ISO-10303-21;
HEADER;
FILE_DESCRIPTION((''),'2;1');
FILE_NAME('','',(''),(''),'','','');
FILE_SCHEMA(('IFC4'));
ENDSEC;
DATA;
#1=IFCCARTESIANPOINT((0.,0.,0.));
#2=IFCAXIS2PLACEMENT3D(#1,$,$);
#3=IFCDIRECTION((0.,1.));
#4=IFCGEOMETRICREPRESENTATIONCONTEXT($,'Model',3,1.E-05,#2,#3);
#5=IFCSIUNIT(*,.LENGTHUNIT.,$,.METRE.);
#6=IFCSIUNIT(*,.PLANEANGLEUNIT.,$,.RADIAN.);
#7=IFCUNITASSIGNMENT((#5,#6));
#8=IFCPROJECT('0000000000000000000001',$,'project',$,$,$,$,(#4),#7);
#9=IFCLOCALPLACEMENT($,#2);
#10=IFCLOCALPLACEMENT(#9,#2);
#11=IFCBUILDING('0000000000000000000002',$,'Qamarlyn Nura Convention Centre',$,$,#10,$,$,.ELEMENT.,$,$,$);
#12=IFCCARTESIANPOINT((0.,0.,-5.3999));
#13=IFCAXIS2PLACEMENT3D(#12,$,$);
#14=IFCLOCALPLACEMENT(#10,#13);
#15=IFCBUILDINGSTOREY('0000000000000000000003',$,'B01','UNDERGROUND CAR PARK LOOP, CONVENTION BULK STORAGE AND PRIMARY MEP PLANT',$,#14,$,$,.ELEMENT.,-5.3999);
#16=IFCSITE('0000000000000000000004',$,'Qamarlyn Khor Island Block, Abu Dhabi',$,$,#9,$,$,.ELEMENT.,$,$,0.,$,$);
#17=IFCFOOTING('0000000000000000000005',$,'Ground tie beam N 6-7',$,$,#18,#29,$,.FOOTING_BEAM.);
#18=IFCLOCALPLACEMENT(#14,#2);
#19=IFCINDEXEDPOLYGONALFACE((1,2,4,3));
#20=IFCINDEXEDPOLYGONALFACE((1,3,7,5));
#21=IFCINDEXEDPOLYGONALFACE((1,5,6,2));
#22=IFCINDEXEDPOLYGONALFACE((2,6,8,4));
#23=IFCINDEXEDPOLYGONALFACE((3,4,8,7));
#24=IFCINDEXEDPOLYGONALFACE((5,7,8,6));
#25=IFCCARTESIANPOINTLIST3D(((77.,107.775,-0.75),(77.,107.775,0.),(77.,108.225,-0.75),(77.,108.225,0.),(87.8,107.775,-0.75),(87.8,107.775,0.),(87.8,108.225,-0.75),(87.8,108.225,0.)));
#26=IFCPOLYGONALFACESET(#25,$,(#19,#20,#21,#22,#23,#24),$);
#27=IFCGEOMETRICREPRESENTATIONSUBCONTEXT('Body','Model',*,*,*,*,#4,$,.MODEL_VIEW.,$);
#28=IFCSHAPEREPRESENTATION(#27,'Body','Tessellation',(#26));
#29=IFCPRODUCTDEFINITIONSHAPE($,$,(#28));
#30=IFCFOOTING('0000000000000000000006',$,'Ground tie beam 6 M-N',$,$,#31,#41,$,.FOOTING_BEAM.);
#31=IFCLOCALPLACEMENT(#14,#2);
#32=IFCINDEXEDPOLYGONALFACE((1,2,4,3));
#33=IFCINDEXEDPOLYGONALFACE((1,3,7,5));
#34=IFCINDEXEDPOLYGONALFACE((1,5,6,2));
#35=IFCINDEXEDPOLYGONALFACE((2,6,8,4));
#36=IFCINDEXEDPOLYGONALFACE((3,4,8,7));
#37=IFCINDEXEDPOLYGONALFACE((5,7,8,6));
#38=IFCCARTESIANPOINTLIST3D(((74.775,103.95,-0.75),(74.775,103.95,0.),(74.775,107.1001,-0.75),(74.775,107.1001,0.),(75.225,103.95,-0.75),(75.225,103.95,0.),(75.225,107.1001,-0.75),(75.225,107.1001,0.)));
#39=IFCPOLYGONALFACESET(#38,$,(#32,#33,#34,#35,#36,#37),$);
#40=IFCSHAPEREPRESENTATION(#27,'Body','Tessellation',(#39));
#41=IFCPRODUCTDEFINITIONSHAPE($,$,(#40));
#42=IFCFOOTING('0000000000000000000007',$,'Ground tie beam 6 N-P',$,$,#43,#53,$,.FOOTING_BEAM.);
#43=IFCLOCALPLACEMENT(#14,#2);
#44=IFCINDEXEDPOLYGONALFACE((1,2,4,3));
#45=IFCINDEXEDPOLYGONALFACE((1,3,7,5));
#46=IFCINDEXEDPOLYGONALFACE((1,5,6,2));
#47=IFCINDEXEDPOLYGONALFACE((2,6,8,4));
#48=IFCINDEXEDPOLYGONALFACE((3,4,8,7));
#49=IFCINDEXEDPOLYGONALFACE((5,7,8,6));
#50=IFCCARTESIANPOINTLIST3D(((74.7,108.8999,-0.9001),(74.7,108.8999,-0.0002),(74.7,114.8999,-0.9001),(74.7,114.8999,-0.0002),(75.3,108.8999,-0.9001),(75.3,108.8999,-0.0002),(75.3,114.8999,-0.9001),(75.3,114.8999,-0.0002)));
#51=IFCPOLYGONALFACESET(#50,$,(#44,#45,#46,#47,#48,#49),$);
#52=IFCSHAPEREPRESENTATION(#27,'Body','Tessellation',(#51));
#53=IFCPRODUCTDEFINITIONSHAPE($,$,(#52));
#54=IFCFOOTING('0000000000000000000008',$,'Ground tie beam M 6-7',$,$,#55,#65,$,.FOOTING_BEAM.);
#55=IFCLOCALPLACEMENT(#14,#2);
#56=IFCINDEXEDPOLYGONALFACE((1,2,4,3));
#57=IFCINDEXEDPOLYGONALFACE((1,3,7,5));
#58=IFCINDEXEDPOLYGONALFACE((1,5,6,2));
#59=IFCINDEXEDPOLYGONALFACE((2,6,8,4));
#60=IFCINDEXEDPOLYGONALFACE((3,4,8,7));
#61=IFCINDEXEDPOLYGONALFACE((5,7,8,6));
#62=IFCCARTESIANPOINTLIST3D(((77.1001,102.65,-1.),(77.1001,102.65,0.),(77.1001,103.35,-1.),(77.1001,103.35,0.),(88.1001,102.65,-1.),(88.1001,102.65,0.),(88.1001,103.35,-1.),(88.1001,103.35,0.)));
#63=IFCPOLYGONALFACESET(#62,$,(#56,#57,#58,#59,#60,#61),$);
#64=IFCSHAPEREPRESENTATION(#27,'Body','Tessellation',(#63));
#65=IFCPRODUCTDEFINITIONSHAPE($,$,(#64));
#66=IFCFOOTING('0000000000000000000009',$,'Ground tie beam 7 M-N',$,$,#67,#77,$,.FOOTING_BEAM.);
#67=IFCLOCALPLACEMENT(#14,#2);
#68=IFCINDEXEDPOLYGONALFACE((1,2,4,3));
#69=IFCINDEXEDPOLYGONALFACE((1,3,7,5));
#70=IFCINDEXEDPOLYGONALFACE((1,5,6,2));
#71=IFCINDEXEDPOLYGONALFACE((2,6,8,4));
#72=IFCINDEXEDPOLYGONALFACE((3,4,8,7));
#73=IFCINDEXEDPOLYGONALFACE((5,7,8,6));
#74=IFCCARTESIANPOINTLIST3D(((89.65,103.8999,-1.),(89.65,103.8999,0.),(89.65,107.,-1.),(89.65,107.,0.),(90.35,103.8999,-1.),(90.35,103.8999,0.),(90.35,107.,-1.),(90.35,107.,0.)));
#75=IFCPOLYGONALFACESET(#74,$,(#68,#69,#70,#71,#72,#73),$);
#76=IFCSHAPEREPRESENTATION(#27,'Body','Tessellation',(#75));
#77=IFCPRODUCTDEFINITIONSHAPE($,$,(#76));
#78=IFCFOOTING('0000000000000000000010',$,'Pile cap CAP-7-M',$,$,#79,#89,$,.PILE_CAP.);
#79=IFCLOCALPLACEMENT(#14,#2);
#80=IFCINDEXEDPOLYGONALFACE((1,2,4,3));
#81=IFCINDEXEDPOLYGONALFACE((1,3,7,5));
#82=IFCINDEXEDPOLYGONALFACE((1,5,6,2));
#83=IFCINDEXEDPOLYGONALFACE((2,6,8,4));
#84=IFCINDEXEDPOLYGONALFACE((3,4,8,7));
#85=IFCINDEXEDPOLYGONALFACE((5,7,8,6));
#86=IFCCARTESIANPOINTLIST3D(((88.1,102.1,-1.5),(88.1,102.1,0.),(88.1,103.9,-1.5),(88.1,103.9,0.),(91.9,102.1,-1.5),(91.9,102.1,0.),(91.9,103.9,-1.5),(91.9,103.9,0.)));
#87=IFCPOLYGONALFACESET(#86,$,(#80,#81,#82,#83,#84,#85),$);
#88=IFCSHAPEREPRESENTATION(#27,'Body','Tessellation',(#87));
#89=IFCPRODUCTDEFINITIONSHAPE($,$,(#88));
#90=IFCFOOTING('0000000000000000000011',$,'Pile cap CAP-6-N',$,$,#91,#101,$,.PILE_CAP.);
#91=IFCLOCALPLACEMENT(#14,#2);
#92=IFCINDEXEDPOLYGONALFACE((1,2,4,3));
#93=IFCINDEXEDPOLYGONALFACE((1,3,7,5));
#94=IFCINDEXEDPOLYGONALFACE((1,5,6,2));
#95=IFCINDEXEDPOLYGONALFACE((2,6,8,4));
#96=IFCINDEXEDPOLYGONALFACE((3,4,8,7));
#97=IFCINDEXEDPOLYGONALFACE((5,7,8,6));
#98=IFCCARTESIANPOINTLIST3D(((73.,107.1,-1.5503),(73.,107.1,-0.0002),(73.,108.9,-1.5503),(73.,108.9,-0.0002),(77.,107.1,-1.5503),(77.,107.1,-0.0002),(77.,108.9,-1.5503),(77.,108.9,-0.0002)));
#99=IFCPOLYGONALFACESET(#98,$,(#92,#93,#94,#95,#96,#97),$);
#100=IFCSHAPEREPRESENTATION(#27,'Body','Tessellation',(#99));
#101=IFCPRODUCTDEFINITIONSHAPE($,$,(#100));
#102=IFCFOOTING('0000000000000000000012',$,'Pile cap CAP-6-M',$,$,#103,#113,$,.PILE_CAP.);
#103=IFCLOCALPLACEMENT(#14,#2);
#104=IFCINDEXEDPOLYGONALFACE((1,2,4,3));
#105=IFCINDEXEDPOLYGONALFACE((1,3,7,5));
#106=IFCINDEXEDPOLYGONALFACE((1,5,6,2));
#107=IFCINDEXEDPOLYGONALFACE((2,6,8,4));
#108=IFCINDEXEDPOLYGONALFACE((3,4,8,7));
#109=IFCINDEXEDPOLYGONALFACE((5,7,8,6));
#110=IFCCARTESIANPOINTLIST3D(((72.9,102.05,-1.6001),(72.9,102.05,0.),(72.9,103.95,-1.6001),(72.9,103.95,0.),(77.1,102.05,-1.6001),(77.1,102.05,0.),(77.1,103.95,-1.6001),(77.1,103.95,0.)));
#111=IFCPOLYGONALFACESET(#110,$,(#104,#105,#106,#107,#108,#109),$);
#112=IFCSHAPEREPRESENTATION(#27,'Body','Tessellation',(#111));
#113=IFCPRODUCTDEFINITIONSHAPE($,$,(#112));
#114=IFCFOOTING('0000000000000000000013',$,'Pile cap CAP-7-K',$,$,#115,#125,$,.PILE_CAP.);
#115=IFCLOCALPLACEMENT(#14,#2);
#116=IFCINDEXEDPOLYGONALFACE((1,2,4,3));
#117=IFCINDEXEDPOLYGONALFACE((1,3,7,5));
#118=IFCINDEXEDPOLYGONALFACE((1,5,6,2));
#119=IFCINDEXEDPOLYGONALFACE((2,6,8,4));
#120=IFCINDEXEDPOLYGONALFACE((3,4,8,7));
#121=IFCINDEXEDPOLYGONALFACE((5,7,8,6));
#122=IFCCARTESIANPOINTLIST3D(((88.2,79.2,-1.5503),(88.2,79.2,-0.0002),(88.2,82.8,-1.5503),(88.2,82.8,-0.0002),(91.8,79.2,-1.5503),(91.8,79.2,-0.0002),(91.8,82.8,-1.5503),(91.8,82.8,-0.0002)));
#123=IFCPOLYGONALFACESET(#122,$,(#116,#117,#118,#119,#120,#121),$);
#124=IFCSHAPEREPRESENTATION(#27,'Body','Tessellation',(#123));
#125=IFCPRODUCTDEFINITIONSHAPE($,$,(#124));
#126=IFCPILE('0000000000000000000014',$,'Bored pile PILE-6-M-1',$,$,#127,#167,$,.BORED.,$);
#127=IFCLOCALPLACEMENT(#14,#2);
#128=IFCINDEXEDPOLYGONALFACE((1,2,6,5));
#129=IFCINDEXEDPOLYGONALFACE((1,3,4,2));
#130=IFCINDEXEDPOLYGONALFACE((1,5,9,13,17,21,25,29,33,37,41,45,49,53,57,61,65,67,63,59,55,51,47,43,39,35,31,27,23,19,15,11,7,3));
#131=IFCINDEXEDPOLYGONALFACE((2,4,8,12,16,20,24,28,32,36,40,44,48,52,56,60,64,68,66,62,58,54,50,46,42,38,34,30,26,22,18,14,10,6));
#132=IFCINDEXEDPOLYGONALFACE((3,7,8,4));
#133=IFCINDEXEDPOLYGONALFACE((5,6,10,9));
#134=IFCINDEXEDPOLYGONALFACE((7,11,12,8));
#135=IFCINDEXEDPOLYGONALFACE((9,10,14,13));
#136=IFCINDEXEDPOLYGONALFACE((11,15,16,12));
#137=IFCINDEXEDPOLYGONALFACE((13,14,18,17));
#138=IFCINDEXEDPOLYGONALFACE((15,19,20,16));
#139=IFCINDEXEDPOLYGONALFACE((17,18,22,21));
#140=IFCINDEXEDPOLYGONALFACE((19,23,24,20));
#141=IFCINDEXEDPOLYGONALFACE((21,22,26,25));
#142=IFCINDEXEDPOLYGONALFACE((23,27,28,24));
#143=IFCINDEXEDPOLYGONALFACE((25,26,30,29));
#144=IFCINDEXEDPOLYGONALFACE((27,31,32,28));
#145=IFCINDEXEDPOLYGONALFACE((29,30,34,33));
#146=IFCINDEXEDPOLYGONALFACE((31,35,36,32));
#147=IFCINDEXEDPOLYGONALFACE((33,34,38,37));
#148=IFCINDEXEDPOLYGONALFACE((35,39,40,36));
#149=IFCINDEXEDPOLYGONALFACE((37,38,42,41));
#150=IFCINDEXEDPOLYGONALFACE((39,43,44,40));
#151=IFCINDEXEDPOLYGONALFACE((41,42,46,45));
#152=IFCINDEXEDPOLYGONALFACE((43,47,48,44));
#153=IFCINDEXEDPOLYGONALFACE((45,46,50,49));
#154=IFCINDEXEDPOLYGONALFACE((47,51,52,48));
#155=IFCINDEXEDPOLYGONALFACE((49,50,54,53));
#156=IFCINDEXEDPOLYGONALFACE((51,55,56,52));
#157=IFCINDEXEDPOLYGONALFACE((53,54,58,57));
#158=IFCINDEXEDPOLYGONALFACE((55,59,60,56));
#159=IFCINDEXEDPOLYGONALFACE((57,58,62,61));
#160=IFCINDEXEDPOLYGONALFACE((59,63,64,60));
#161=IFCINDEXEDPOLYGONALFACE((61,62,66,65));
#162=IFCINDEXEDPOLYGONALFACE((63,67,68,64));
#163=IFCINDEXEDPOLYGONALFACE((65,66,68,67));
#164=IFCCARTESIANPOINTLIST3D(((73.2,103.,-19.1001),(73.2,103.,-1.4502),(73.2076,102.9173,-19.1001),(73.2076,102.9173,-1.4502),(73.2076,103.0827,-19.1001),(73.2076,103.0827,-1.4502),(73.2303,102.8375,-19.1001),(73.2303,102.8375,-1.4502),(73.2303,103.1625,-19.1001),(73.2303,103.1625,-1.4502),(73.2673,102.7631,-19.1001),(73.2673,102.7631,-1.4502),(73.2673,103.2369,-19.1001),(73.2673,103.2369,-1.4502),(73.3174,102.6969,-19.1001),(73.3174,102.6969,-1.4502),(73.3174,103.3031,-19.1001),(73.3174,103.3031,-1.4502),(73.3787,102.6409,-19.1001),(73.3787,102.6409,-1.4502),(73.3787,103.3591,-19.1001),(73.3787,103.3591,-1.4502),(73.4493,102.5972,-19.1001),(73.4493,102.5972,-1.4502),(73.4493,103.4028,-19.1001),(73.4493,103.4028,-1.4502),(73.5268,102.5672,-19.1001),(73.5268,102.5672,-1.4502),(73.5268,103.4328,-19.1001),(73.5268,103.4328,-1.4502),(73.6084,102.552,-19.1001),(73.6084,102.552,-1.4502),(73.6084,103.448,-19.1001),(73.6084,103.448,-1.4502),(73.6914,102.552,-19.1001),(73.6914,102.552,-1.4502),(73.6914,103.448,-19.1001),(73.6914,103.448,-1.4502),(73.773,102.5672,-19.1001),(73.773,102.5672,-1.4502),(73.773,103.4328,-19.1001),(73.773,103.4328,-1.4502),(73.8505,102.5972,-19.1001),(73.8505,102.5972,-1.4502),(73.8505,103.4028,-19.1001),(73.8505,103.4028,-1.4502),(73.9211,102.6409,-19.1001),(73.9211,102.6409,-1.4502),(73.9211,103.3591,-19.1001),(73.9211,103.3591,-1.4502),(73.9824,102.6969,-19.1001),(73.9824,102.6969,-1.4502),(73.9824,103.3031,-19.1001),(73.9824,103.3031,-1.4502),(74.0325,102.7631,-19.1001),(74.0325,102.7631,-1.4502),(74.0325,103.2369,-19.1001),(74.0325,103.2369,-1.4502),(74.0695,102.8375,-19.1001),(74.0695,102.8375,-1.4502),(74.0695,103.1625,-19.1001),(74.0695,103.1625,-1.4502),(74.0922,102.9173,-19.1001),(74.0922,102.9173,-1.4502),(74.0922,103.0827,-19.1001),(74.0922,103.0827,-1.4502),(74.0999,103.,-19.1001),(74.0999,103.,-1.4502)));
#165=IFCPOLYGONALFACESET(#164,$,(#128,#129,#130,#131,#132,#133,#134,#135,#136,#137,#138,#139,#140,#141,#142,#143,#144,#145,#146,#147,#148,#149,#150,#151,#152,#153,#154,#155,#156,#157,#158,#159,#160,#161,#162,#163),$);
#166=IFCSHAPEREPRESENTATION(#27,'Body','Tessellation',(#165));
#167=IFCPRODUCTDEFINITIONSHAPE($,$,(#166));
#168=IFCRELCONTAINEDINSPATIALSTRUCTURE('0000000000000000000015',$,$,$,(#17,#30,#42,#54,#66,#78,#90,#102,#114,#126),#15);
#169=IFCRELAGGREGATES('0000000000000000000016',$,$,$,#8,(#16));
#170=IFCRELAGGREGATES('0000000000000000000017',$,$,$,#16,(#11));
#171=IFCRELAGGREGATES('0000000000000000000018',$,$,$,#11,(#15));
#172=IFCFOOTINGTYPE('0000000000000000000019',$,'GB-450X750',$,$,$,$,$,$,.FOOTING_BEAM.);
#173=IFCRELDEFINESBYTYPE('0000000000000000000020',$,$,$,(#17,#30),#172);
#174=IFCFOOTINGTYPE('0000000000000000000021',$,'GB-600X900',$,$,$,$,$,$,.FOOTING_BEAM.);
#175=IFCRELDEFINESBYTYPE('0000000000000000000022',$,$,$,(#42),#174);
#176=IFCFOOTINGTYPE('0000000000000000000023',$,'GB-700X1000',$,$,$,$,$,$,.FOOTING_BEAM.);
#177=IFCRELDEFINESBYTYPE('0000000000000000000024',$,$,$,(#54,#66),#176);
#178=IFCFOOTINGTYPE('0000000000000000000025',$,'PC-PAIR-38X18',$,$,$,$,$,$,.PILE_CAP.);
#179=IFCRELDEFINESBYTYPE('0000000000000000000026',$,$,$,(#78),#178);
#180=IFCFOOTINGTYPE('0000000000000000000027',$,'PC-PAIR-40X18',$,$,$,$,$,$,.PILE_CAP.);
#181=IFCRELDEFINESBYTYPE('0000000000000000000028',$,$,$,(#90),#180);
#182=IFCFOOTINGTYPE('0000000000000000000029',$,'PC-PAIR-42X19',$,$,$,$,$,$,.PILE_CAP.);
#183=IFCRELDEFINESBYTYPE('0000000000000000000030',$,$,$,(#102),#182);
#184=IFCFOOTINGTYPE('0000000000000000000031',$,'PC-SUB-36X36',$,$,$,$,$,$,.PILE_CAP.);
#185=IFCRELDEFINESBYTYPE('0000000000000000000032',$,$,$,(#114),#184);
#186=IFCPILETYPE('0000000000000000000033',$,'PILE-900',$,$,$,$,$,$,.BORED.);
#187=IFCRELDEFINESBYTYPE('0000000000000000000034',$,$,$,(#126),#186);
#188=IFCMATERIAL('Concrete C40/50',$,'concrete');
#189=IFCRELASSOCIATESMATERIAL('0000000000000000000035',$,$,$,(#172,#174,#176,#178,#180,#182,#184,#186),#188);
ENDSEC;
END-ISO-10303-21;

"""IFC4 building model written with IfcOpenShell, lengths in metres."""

from ifc_helpers import new_model, si_unit, direction, frame, origin, origin_2d, place, context, subcontext, project, spatial, rectangle, circle, extrude, material, material_profile, profile_set, type_object, element, save


model = new_model("IFC4")

# Units and contexts
model_context = context("Model", 3, precision=1e-05, world=origin(), true_north=direction((0.0, 1.0)))
body_context = subcontext(model_context, "Body", "Model", "MODEL_VIEW")
ifc_project = project(units=[si_unit("LENGTHUNIT", "METRE"), si_unit("PLANEANGLEUNIT", "RADIAN")], contexts=[model_context])

# Site, building, storey
site_placement = place(None, origin())
site = spatial("IfcSite", under=ifc_project, at=site_placement, Name="Qamarlyn Khor Island Block, Abu Dhabi", CompositionType="ELEMENT", RefElevation=0.0)
building_placement = place(site_placement, origin())
building = spatial("IfcBuilding", under=site, at=building_placement, Name="Qamarlyn Nura Convention Centre", CompositionType="ELEMENT")
storey_placement = place(building_placement, frame((0.0, 0.0, -5.3999)))
storey = spatial("IfcBuildingStorey", under=building, at=storey_placement, Name="B01", Description="UNDERGROUND CAR PARK LOOP, CONVENTION BULK STORAGE AND PRIMARY MEP PLANT", CompositionType="ELEMENT", Elevation=-5.3999)

# Footings
ifc_material_1 = material(Name="Concrete C40/50", Category="concrete")
ifc_material_profile_1 = material_profile(ifc_material_1, rectangle(XDim=0.45, YDim=0.75, at=origin_2d()), Name="RC GB 450x750")
ifc_profile_set_1 = profile_set([ifc_material_profile_1], Name="Concrete C40/50")
footing_type_1 = type_object("IfcFootingType", Name="GB-450X750", PredefinedType="FOOTING_BEAM", material=ifc_profile_set_1)
footing_1_placement = place(storey_placement, frame((77.0, 108.0, -0.375), z_axis=(1.0, 0.0, 0.0), x_axis=(0.0, 1.0, 0.0)))
element("IfcFooting", 1, at=footing_1_placement, inside=storey, type_object=footing_type_1, Name="Ground tie beam N 6-7", PredefinedType="FOOTING_BEAM", context=body_context, shape_type="SweptSolid", body=[
    extrude(rectangle(XDim=0.45, YDim=0.75, at=origin_2d()), origin(), (0.0, 0.0, 1.0), 10.8),
])
footing_2_placement = place(storey_placement, frame((75.0, 103.95, -0.375), z_axis=(0.0, 1.0, 0.0), x_axis=(-1.0, 0.0, 0.0)))
element("IfcFooting", 2, at=footing_2_placement, inside=storey, type_object=footing_type_1, Name="Ground tie beam 6 M-N", PredefinedType="FOOTING_BEAM", context=body_context, shape_type="SweptSolid", body=[
    extrude(rectangle(XDim=0.45, YDim=0.75, at=origin_2d()), origin(), (0.0, 0.0, 1.0), 3.1501),
])
ifc_material_profile_2 = material_profile(ifc_material_1, rectangle(XDim=0.6001, YDim=0.8999, at=origin_2d()), Name="RC GB 600x900")
ifc_profile_set_2 = profile_set([ifc_material_profile_2], Name="Concrete C40/50")
footing_type_2 = type_object("IfcFootingType", Name="GB-600X900", PredefinedType="FOOTING_BEAM", material=ifc_profile_set_2)
footing_3_placement = place(storey_placement, frame((75.0, 108.8999, -0.4502), z_axis=(0.0, 1.0, 0.0), x_axis=(-1.0, 0.0, 0.0)))
element("IfcFooting", 3, at=footing_3_placement, inside=storey, type_object=footing_type_2, Name="Ground tie beam 6 N-P", PredefinedType="FOOTING_BEAM", context=body_context, shape_type="SweptSolid", body=[
    extrude(rectangle(XDim=0.6001, YDim=0.8999, at=origin_2d()), origin(), (0.0, 0.0, 1.0), 6.0),
])
ifc_material_profile_3 = material_profile(ifc_material_1, rectangle(XDim=0.7, YDim=1.0, at=origin_2d()), Name="RC GB 700x1000")
ifc_profile_set_3 = profile_set([ifc_material_profile_3], Name="Concrete C40/50")
footing_type_3 = type_object("IfcFootingType", Name="GB-700X1000", PredefinedType="FOOTING_BEAM", material=ifc_profile_set_3)
footing_4_placement = place(storey_placement, frame((77.1001, 103.0, -0.5), z_axis=(1.0, 0.0, 0.0), x_axis=(0.0, 1.0, 0.0)))
element("IfcFooting", 4, at=footing_4_placement, inside=storey, type_object=footing_type_3, Name="Ground tie beam M 6-7", PredefinedType="FOOTING_BEAM", context=body_context, shape_type="SweptSolid", body=[
    extrude(rectangle(XDim=0.7, YDim=1.0, at=origin_2d()), origin(), (0.0, 0.0, 1.0), 11.0),
])
footing_5_placement = place(storey_placement, frame((90.0, 103.8999, -0.5), z_axis=(0.0, 1.0, 0.0), x_axis=(-1.0, 0.0, 0.0)))
element("IfcFooting", 5, at=footing_5_placement, inside=storey, type_object=footing_type_3, Name="Ground tie beam 7 M-N", PredefinedType="FOOTING_BEAM", context=body_context, shape_type="SweptSolid", body=[
    extrude(rectangle(XDim=0.7, YDim=1.0, at=origin_2d()), origin(), (0.0, 0.0, 1.0), 3.1001),
])
footing_type_4 = type_object("IfcFootingType", Name="PC-PAIR-38X18", PredefinedType="PILE_CAP", material=ifc_material_1)
footing_6_placement = place(storey_placement, frame((90.0, 103.0, -1.5), z_axis=(0.0, 0.0, 1.0), x_axis=(1.0, 0.0, 0.0)))
element("IfcFooting", 6, at=footing_6_placement, inside=storey, type_object=footing_type_4, Name="Pile cap CAP-7-M", PredefinedType="PILE_CAP", context=body_context, shape_type="SweptSolid", body=[
    extrude(rectangle(XDim=3.8, YDim=1.8, at=origin_2d()), origin(), (0.0, 0.0, 1.0), 1.5),
])
footing_type_5 = type_object("IfcFootingType", Name="PC-PAIR-40X18", PredefinedType="PILE_CAP", material=ifc_material_1)
footing_7_placement = place(storey_placement, frame((75.0, 108.0, -1.5503), z_axis=(0.0, 0.0, 1.0), x_axis=(1.0, 0.0, 0.0)))
element("IfcFooting", 7, at=footing_7_placement, inside=storey, type_object=footing_type_5, Name="Pile cap CAP-6-N", PredefinedType="PILE_CAP", context=body_context, shape_type="SweptSolid", body=[
    extrude(rectangle(XDim=4.0, YDim=1.8, at=origin_2d()), origin(), (0.0, 0.0, 1.0), 1.55),
])
footing_type_6 = type_object("IfcFootingType", Name="PC-PAIR-42X19", PredefinedType="PILE_CAP", material=ifc_material_1)
footing_8_placement = place(storey_placement, frame((75.0, 103.0, -1.6001), z_axis=(0.0, 0.0, 1.0), x_axis=(1.0, 0.0, 0.0)))
element("IfcFooting", 8, at=footing_8_placement, inside=storey, type_object=footing_type_6, Name="Pile cap CAP-6-M", PredefinedType="PILE_CAP", context=body_context, shape_type="SweptSolid", body=[
    extrude(rectangle(XDim=4.2, YDim=1.8999, at=origin_2d()), origin(), (0.0, 0.0, 1.0), 1.6001),
])
footing_type_7 = type_object("IfcFootingType", Name="PC-SUB-36X36", PredefinedType="PILE_CAP", material=ifc_material_1)
footing_9_placement = place(storey_placement, frame((90.0, 81.0, -1.5503), z_axis=(0.0, 0.0, 1.0), x_axis=(1.0, 0.0, 0.0)))
element("IfcFooting", 9, at=footing_9_placement, inside=storey, type_object=footing_type_7, Name="Pile cap CAP-7-K", PredefinedType="PILE_CAP", context=body_context, shape_type="SweptSolid", body=[
    extrude(rectangle(XDim=3.6001, YDim=3.6001, at=origin_2d()), origin(), (0.0, 0.0, 1.0), 1.55),
])

# Pile
ifc_material_profile_4 = material_profile(ifc_material_1, circle(Radius=0.45, at=origin_2d()), Name="BORED PILE 900")
ifc_profile_set_4 = profile_set([ifc_material_profile_4], Name="Concrete C40/50")
pile_type = type_object("IfcPileType", Name="PILE-900", PredefinedType="BORED", material=ifc_profile_set_4)
for number, where, z_axis, x_axis, name in (
    (10, (73.6499, 103.0, -1.4502), (0.0, 0.0, -1.0), (1.0, 0.0, 0.0), "Bored pile PILE-6-M-1"),
):
    element("IfcPile", number, at=place(storey_placement, frame(where, z_axis=z_axis, x_axis=x_axis)), inside=storey, type_object=pile_type, Name=name, PredefinedType="BORED", context=body_context, shape_type="SweptSolid", body=[
        extrude(circle(Radius=0.45, at=origin_2d()), origin(), (0.0, 0.0, 1.0), 17.6499),
    ])

save(model, "model.ifc")
